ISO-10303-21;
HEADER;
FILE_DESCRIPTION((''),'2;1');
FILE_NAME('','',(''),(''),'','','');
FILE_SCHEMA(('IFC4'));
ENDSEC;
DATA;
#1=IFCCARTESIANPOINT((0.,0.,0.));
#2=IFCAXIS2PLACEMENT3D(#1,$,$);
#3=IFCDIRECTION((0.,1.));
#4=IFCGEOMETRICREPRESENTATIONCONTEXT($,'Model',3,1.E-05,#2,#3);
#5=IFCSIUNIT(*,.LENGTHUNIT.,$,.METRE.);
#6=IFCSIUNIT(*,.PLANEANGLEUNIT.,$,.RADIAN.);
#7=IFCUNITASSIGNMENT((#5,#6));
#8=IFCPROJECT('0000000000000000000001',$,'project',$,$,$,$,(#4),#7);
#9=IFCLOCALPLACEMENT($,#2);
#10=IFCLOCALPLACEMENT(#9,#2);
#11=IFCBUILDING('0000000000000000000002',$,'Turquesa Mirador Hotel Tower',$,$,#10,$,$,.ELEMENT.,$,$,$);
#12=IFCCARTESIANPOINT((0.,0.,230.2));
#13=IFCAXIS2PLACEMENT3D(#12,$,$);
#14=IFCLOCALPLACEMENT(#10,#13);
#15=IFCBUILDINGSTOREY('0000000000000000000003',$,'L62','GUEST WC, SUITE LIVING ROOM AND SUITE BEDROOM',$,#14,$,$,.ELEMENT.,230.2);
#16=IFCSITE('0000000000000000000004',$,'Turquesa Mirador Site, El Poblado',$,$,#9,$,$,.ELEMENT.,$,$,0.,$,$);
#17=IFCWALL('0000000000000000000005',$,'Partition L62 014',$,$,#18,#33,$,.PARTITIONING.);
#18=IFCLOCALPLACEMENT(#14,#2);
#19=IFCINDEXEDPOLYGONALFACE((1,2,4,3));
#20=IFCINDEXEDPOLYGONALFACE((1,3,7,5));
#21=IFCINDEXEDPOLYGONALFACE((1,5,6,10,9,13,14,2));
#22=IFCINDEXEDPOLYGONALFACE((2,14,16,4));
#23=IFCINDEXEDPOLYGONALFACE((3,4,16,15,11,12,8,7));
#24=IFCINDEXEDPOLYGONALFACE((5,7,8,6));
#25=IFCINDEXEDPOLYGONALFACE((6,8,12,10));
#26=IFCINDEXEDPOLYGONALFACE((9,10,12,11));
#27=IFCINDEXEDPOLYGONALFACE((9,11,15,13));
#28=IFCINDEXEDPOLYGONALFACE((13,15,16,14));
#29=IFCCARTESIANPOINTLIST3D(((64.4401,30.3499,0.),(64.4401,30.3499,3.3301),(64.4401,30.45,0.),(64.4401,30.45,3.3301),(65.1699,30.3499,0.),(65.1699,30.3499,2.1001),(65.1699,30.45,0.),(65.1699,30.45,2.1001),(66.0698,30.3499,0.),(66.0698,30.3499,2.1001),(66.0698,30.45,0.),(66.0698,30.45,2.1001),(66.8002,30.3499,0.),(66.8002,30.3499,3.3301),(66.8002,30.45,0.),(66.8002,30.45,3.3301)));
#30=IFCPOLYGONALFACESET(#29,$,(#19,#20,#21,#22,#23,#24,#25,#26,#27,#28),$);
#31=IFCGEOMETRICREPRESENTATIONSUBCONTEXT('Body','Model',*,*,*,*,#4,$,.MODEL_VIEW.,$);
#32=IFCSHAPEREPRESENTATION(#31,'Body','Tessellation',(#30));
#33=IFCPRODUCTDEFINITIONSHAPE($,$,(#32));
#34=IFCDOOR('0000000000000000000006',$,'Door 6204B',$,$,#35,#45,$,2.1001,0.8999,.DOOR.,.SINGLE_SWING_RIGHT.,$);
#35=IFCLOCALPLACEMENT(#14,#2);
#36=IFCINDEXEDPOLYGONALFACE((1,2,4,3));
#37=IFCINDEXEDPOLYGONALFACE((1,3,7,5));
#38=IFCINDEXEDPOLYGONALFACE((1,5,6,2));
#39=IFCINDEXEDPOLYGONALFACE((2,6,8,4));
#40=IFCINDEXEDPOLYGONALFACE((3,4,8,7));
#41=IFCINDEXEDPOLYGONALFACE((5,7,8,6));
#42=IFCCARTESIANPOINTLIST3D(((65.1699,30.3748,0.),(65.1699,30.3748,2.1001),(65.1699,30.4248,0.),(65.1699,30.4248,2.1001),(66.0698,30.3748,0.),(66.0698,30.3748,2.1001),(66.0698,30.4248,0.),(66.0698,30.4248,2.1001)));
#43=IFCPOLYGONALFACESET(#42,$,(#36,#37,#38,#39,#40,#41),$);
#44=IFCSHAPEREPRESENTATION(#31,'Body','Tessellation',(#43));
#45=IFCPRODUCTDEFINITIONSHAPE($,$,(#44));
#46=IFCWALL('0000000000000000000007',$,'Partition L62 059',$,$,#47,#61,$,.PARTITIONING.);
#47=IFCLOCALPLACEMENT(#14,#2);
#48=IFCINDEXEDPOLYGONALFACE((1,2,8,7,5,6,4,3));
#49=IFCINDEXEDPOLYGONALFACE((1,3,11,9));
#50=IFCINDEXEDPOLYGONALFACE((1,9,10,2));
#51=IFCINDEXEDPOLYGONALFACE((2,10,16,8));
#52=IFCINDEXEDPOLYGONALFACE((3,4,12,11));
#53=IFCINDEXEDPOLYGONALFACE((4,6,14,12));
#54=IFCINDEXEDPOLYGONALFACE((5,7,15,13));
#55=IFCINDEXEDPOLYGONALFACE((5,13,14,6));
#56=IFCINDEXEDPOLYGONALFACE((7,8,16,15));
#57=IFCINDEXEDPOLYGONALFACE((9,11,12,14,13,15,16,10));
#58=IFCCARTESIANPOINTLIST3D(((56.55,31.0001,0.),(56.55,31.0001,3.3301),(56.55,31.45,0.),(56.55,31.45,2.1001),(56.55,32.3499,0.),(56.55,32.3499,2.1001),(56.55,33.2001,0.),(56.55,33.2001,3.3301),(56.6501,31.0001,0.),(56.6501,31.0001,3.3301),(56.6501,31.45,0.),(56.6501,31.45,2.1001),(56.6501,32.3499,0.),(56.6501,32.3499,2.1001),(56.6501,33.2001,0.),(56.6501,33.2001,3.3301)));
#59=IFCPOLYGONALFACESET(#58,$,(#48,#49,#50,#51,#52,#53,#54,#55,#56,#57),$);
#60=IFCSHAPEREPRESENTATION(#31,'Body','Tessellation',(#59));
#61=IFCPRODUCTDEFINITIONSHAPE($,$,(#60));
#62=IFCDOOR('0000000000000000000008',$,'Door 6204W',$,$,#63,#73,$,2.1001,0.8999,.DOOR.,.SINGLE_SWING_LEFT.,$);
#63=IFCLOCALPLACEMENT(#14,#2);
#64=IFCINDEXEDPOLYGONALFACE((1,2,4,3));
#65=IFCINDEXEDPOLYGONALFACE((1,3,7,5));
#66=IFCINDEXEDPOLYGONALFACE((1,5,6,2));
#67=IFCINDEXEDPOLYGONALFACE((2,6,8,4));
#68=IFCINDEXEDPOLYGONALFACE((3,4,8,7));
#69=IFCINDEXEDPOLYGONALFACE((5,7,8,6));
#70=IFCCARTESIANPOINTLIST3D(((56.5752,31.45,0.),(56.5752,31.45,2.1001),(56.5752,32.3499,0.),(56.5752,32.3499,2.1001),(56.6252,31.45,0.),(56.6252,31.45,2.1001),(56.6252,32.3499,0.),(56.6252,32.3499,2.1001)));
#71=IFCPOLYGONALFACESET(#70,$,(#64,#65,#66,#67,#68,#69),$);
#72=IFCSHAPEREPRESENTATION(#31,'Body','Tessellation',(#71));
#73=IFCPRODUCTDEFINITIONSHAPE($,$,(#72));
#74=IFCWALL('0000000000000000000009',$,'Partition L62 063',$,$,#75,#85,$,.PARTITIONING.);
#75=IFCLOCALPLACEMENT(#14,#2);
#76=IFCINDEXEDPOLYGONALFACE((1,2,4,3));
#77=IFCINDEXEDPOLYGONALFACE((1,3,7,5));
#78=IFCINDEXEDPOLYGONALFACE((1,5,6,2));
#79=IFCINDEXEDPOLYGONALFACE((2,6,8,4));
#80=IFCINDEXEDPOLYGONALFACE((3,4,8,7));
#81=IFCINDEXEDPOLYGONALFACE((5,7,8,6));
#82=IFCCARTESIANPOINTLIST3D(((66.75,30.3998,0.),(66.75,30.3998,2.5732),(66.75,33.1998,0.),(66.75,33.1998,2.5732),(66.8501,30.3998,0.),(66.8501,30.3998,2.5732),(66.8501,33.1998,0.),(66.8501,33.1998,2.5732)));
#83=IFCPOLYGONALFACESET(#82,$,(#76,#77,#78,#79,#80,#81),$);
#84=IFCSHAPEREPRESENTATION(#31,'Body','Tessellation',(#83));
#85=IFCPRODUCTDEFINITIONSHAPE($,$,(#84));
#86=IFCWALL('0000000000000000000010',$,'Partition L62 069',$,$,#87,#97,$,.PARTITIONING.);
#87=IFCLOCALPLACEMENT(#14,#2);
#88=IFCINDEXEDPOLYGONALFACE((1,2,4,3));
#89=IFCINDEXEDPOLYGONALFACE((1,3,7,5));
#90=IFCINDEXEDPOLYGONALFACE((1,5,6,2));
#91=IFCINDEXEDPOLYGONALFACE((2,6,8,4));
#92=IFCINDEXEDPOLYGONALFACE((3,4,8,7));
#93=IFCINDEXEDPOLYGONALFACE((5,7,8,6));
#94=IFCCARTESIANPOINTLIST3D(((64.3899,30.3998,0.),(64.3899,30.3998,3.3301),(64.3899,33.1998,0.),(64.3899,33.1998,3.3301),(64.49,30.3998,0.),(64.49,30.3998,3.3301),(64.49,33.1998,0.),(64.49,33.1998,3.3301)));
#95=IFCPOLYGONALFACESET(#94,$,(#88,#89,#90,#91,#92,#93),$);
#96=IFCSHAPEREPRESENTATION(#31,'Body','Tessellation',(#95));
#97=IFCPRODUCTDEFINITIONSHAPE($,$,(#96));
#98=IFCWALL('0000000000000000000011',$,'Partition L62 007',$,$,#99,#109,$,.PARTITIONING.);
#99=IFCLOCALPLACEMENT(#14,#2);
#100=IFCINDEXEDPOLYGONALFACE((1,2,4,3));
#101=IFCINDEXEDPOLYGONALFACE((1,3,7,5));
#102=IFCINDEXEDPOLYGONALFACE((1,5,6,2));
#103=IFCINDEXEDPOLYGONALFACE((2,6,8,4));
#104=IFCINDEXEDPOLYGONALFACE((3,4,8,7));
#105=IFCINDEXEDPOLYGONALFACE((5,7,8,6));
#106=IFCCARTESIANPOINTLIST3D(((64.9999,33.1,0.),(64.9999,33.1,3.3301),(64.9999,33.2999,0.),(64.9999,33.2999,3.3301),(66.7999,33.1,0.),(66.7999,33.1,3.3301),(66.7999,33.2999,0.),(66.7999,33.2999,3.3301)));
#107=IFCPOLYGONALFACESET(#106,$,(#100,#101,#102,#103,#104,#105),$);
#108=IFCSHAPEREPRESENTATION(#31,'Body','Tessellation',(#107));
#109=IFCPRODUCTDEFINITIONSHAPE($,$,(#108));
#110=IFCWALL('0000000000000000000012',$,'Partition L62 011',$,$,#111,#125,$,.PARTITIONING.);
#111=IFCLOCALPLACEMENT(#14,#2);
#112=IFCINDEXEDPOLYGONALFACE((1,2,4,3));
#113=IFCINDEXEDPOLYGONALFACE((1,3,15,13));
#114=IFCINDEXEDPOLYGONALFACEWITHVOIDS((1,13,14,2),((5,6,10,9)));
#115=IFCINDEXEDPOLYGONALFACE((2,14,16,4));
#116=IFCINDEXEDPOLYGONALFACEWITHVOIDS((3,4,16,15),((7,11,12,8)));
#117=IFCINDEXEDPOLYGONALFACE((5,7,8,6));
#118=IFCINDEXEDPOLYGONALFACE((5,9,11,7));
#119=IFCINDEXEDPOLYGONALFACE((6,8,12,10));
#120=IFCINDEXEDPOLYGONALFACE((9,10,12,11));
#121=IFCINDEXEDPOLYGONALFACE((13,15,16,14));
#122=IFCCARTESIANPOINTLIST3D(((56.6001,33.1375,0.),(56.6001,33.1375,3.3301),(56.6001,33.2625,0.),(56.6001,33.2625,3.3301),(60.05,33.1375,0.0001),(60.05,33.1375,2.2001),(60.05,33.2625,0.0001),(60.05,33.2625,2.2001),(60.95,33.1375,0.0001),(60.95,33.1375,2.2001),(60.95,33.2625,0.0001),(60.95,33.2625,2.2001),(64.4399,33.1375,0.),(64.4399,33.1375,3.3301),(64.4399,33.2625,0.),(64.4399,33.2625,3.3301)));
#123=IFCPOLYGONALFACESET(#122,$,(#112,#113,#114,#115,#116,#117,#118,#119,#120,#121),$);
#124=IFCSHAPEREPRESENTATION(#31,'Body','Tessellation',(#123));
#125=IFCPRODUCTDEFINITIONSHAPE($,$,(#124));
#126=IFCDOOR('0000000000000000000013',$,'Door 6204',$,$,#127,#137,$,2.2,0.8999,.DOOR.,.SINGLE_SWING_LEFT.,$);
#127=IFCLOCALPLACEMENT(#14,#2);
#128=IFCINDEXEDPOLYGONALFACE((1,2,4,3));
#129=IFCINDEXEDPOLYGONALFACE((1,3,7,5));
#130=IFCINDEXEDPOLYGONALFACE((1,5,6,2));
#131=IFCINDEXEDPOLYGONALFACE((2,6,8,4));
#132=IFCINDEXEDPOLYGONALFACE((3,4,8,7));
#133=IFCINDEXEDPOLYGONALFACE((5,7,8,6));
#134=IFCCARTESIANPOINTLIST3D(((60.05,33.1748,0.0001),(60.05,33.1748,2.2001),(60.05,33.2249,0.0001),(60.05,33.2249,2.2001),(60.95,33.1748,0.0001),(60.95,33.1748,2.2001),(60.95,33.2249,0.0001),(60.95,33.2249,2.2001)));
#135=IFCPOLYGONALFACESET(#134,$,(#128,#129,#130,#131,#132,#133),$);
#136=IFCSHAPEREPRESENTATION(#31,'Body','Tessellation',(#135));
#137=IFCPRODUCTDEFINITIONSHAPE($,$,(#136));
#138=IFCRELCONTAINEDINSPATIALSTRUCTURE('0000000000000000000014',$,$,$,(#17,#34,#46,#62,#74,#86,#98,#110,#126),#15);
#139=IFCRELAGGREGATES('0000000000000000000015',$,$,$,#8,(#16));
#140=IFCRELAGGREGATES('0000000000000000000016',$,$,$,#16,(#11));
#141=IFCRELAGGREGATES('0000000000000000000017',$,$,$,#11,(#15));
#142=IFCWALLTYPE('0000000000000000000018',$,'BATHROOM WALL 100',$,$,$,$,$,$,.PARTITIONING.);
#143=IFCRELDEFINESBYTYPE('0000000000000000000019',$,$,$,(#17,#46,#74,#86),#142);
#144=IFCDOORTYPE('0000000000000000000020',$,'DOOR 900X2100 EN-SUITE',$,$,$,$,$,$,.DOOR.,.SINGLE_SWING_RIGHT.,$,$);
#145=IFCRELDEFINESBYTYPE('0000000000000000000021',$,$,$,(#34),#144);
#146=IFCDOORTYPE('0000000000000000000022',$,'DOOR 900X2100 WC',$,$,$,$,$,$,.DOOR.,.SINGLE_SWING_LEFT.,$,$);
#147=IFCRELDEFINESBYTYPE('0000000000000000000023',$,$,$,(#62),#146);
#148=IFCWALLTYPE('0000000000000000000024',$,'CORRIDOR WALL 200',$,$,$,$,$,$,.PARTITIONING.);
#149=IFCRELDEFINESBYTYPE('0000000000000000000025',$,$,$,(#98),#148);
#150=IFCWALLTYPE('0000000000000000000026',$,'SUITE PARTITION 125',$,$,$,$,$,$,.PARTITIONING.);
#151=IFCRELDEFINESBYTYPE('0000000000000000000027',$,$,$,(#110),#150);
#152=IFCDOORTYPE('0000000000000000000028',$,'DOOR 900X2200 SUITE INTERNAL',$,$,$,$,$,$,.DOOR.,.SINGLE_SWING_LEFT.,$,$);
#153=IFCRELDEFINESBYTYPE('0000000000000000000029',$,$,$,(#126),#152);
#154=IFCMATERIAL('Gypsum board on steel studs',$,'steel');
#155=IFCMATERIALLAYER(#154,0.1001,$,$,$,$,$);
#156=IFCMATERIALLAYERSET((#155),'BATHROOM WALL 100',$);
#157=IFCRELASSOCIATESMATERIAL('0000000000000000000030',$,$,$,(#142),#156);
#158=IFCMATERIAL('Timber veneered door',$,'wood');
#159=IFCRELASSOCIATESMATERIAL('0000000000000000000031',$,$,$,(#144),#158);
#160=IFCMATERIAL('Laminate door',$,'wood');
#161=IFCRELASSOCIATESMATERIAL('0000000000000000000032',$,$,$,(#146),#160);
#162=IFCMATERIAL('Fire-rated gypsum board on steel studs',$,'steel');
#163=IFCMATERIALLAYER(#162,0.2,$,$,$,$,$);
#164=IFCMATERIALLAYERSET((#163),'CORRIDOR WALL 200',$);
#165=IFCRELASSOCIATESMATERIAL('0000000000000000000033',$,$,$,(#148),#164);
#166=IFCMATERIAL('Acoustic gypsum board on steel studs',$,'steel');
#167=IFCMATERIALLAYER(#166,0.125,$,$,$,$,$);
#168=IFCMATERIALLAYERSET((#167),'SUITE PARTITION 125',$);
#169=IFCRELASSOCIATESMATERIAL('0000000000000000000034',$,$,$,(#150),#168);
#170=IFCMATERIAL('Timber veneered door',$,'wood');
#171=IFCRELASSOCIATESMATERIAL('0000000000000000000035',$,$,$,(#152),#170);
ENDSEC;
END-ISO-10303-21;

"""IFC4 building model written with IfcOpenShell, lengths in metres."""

from ifc_helpers import new_model, si_unit, direction, frame, frame_2d, origin, place, context, subcontext, project, spatial, rectangle, extrude, material, layer, layer_set, type_object, element, fill, save


model = new_model("IFC4")

# Units and contexts
model_context = context("Model", 3, precision=1e-05, world=origin(), true_north=direction((0.0, 1.0)))
body_context = subcontext(model_context, "Body", "Model", "MODEL_VIEW")
ifc_project = project(units=[si_unit("LENGTHUNIT", "METRE"), si_unit("PLANEANGLEUNIT", "RADIAN")], contexts=[model_context])

# Site, building, storey
site_placement = place(None, origin())
site = spatial("IfcSite", under=ifc_project, at=site_placement, Name="Turquesa Mirador Site, El Poblado", CompositionType="ELEMENT", RefElevation=0.0)
building_placement = place(site_placement, origin())
building = spatial("IfcBuilding", under=site, at=building_placement, Name="Turquesa Mirador Hotel Tower", CompositionType="ELEMENT")
storey_placement = place(building_placement, frame((0.0, 0.0, 230.2)))
storey = spatial("IfcBuildingStorey", under=building, at=storey_placement, Name="L62", Description="GUEST WC, SUITE LIVING ROOM AND SUITE BEDROOM", CompositionType="ELEMENT", Elevation=230.2)

# Shared definitions
ifc_material_1 = material(Name="Gypsum board on steel studs", Category="steel")
ifc_layer_1 = layer(ifc_material_1, 0.1001)
ifc_layer_set_1 = layer_set([ifc_layer_1], Name="BATHROOM WALL 100")
wall_type_1 = type_object("IfcWallType", Name="BATHROOM WALL 100", PredefinedType="PARTITIONING", material=ifc_layer_set_1)

# Walls, openings, doors
wall_1_placement = place(storey_placement, frame((64.4399, 30.3999, 0.0), z_axis=(0.0, 0.0, 1.0), x_axis=(1.0, 0.0, 0.0)))
wall_1 = element("IfcWall", 1, at=wall_1_placement, inside=storey, type_object=wall_type_1, Name="Partition L62 014", PredefinedType="PARTITIONING", context=body_context, shape_type="SweptSolid", body=[
    extrude(rectangle(XDim=2.3601, YDim=0.1001, at=frame_2d((1.1802, 0.0))), origin(), (0.0, 0.0, 1.0), 3.3301),
])
opening_1_placement = place(wall_1_placement, frame((0.73, 0.0, 0.0)))
opening_1 = element("IfcOpeningElement", 2, at=opening_1_placement, cuts=wall_1, PredefinedType="OPENING", context=body_context, shape_type="SweptSolid", body=[
    extrude(rectangle(XDim=0.8999, YDim=2.1001, at=frame_2d((0.45, 1.05))), frame((0.0, 0.0601, 0.0), z_axis=(0.0, -1.0, 0.0), x_axis=(1.0, 0.0, 0.0)), (0.0, 0.0, 1.0), 0.1201),
])
ifc_material_2 = material(Name="Timber veneered door", Category="wood")
door_type_1 = type_object("IfcDoorType", Name="DOOR 900X2100 EN-SUITE", OperationType="SINGLE_SWING_RIGHT", PredefinedType="DOOR", material=ifc_material_2)
door_1_placement = place(opening_1_placement, origin())
door_1 = element("IfcDoor", 3, at=door_1_placement, inside=storey, type_object=door_type_1, Name="Door 6204B", OperationType="SINGLE_SWING_RIGHT", OverallHeight=2.1001, OverallWidth=0.8999, PredefinedType="DOOR", context=body_context, shape_type="SweptSolid", body=[
    extrude(rectangle(XDim=0.8999, YDim=2.1001, at=frame_2d((0.45, 1.05))), frame((0.0, 0.0249, 0.0), z_axis=(0.0, -1.0, 0.0), x_axis=(1.0, 0.0, 0.0)), (0.0, 0.0, 1.0), 0.05),
])
fill(opening_1, door_1)
wall_2_placement = place(storey_placement, frame((56.6001, 31.0, 0.0), z_axis=(0.0, 0.0, 1.0), x_axis=(0.0, 1.0, 0.0)))
wall_2 = element("IfcWall", 4, at=wall_2_placement, inside=storey, type_object=wall_type_1, Name="Partition L62 059", PredefinedType="PARTITIONING", context=body_context, shape_type="SweptSolid", body=[
    extrude(rectangle(XDim=2.2, YDim=0.1001, at=frame_2d((1.1001, 0.0))), origin(), (0.0, 0.0, 1.0), 3.3301),
])
opening_2_placement = place(wall_2_placement, frame((0.45, 0.0, 0.0)))
opening_2 = element("IfcOpeningElement", 5, at=opening_2_placement, cuts=wall_2, PredefinedType="OPENING", context=body_context, shape_type="SweptSolid", body=[
    extrude(rectangle(XDim=0.8999, YDim=2.1001, at=frame_2d((0.45, 1.05))), frame((0.0, 0.0601, 0.0), z_axis=(0.0, -1.0, 0.0), x_axis=(1.0, 0.0, 0.0)), (0.0, 0.0, 1.0), 0.1201),
])
ifc_material_3 = material(Name="Laminate door", Category="wood")
door_type_2 = type_object("IfcDoorType", Name="DOOR 900X2100 WC", OperationType="SINGLE_SWING_LEFT", PredefinedType="DOOR", material=ifc_material_3)
door_2_placement = place(opening_2_placement, origin())
door_2 = element("IfcDoor", 6, at=door_2_placement, inside=storey, type_object=door_type_2, Name="Door 6204W", OperationType="SINGLE_SWING_LEFT", OverallHeight=2.1001, OverallWidth=0.8999, PredefinedType="DOOR", context=body_context, shape_type="SweptSolid", body=[
    extrude(rectangle(XDim=0.8999, YDim=2.1001, at=frame_2d((0.45, 1.05))), frame((0.0, 0.0249, 0.0), z_axis=(0.0, -1.0, 0.0), x_axis=(1.0, 0.0, 0.0)), (0.0, 0.0, 1.0), 0.05),
])
fill(opening_2, door_2)

# Walls
wall_3_placement = place(storey_placement, frame((66.8, 30.3999, 0.0), z_axis=(0.0, 0.0, 1.0), x_axis=(0.0, 1.0, 0.0)))
element("IfcWall", 7, at=wall_3_placement, inside=storey, type_object=wall_type_1, Name="Partition L62 063", PredefinedType="PARTITIONING", context=body_context, shape_type="SweptSolid", body=[
    extrude(rectangle(XDim=2.8, YDim=0.1001, at=frame_2d((1.3999, 0.0))), origin(), (0.0, 0.0, 1.0), 2.5732),
])
wall_4_placement = place(storey_placement, frame((64.4399, 30.3999, 0.0), z_axis=(0.0, 0.0, 1.0), x_axis=(0.0, 1.0, 0.0)))
element("IfcWall", 8, at=wall_4_placement, inside=storey, type_object=wall_type_1, Name="Partition L62 069", PredefinedType="PARTITIONING", context=body_context, shape_type="SweptSolid", body=[
    extrude(rectangle(XDim=2.8, YDim=0.1001, at=frame_2d((1.3999, 0.0))), origin(), (0.0, 0.0, 1.0), 3.3301),
])
ifc_material_4 = material(Name="Fire-rated gypsum board on steel studs", Category="steel")
ifc_layer_2 = layer(ifc_material_4, 0.2)
ifc_layer_set_2 = layer_set([ifc_layer_2], Name="CORRIDOR WALL 200")
wall_type_2 = type_object("IfcWallType", Name="CORRIDOR WALL 200", PredefinedType="PARTITIONING", material=ifc_layer_set_2)
wall_5_placement = place(storey_placement, frame((65.0, 33.2, 0.0), z_axis=(0.0, 0.0, 1.0), x_axis=(1.0, 0.0, 0.0)))
element("IfcWall", 9, at=wall_5_placement, inside=storey, type_object=wall_type_2, Name="Partition L62 007", PredefinedType="PARTITIONING", context=body_context, shape_type="SweptSolid", body=[
    extrude(rectangle(XDim=1.8, YDim=0.2, at=frame_2d((0.8999, 0.0))), origin(), (0.0, 0.0, 1.0), 3.3301),
])

# Wall, opening, door
ifc_material_5 = material(Name="Acoustic gypsum board on steel studs", Category="steel")
ifc_layer_3 = layer(ifc_material_5, 0.125)
ifc_layer_set_3 = layer_set([ifc_layer_3], Name="SUITE PARTITION 125")
wall_type_3 = type_object("IfcWallType", Name="SUITE PARTITION 125", PredefinedType="PARTITIONING", material=ifc_layer_set_3)
wall_6_placement = place(storey_placement, frame((56.6001, 33.2, 0.0), z_axis=(0.0, 0.0, 1.0), x_axis=(1.0, 0.0, 0.0)))
wall_6 = element("IfcWall", 10, at=wall_6_placement, inside=storey, type_object=wall_type_3, Name="Partition L62 011", PredefinedType="PARTITIONING", context=body_context, shape_type="SweptSolid", body=[
    extrude(rectangle(XDim=7.8398, YDim=0.125, at=frame_2d((3.9199, 0.0))), origin(), (0.0, 0.0, 1.0), 3.3301),
])
opening_3_placement = place(wall_6_placement, frame((3.45, 0.0, 0.0)))
opening_3 = element("IfcOpeningElement", 11, at=opening_3_placement, cuts=wall_6, PredefinedType="OPENING", context=body_context, shape_type="SweptSolid", body=[
    extrude(rectangle(XDim=0.8999, YDim=2.2, at=frame_2d((0.45, 1.1001))), frame((0.0, 0.0725, 0.0), z_axis=(0.0, -1.0, 0.0), x_axis=(1.0, 0.0, 0.0)), (0.0, 0.0, 1.0), 0.145),
])
ifc_material_6 = material(Name="Timber veneered door", Category="wood")
door_type_3 = type_object("IfcDoorType", Name="DOOR 900X2200 SUITE INTERNAL", OperationType="SINGLE_SWING_LEFT", PredefinedType="DOOR", material=ifc_material_6)
door_3_placement = place(opening_3_placement, origin())
door_3 = element("IfcDoor", 12, at=door_3_placement, inside=storey, type_object=door_type_3, Name="Door 6204", OperationType="SINGLE_SWING_LEFT", OverallHeight=2.2, OverallWidth=0.8999, PredefinedType="DOOR", context=body_context, shape_type="SweptSolid", body=[
    extrude(rectangle(XDim=0.8999, YDim=2.2, at=frame_2d((0.45, 1.1001))), frame((0.0, 0.0249, 0.0), z_axis=(0.0, -1.0, 0.0), x_axis=(1.0, 0.0, 0.0)), (0.0, 0.0, 1.0), 0.05),
])
fill(opening_3, door_3)

save(model, "model.ifc")
